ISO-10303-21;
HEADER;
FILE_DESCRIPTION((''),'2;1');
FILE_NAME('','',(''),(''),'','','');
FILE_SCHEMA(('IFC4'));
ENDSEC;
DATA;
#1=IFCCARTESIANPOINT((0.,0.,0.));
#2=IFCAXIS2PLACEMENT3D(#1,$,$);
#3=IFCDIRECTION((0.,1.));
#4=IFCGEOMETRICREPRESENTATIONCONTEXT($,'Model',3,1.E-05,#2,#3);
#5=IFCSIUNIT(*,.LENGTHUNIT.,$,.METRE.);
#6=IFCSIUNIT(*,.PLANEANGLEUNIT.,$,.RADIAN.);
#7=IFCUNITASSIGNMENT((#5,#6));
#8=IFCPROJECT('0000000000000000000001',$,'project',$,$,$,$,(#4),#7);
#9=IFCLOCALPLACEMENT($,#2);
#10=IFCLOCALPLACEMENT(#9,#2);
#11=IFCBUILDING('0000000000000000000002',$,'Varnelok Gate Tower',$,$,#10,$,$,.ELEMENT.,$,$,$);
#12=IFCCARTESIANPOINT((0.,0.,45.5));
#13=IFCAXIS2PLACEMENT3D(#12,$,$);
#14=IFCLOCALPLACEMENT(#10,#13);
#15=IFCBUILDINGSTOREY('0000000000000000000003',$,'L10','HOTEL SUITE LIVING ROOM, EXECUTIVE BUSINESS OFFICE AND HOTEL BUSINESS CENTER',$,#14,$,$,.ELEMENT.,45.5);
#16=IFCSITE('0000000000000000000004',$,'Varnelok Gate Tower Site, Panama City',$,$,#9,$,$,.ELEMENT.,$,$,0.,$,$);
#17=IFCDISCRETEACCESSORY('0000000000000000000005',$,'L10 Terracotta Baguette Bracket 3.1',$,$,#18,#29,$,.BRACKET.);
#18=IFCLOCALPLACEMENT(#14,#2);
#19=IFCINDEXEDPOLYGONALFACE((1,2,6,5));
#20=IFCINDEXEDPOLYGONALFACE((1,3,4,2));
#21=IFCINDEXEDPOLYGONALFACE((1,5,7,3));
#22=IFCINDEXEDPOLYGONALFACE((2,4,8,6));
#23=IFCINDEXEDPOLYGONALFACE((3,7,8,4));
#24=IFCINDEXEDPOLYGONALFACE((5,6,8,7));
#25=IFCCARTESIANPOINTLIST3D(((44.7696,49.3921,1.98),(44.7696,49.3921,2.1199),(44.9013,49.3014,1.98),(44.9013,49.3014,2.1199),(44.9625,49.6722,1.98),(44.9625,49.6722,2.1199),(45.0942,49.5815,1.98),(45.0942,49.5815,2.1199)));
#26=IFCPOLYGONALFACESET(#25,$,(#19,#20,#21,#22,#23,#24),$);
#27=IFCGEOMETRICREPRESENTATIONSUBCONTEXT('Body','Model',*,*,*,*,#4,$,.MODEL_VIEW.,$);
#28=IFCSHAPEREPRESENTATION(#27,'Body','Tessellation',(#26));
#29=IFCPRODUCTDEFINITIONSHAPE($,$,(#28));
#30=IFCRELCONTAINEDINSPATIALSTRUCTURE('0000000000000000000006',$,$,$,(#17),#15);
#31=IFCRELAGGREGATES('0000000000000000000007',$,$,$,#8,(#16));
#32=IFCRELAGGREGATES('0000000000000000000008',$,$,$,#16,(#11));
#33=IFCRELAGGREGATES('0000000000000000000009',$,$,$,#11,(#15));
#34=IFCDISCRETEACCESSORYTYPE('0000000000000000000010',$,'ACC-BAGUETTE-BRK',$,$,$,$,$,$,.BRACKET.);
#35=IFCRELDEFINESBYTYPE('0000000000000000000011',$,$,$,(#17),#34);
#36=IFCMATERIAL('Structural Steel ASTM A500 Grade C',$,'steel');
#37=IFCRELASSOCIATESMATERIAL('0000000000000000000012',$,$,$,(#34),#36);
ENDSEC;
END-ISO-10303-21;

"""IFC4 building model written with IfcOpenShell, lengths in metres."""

from ifc_helpers import new_model, si_unit, direction, frame, origin, origin_2d, place, context, subcontext, project, spatial, rectangle, extrude, source, transform, mapped, material, type_object, element, save


model = new_model("IFC4")

# Units and contexts
model_context = context("Model", 3, precision=1e-05, world=origin(), true_north=direction((0.0, 1.0)))
body_context = subcontext(model_context, "Body", "Model", "MODEL_VIEW")
ifc_project = project(units=[si_unit("LENGTHUNIT", "METRE"), si_unit("PLANEANGLEUNIT", "RADIAN")], contexts=[model_context])

# Site, building, storey
site_placement = place(None, origin())
site = spatial("IfcSite", under=ifc_project, at=site_placement, Name="Varnelok Gate Tower Site, Panama City", CompositionType="ELEMENT", RefElevation=0.0)
building_placement = place(site_placement, origin())
building = spatial("IfcBuilding", under=site, at=building_placement, Name="Varnelok Gate Tower", CompositionType="ELEMENT")
storey_placement = place(building_placement, frame((0.0, 0.0, 45.5)))
storey = spatial("IfcBuildingStorey", under=building, at=storey_placement, Name="L10", Description="HOTEL SUITE LIVING ROOM, EXECUTIVE BUSINESS OFFICE AND HOTEL BUSINESS CENTER", CompositionType="ELEMENT", Elevation=45.5)

# Discrete accessory
ifc_material_1 = material(Name="Structural Steel ASTM A500 Grade C", Category="steel")
discrete_accessory_type = type_object("IfcDiscreteAccessoryType", Name="ACC-BAGUETTE-BRK", PredefinedType="BRACKET", material=ifc_material_1)
shared_shape_1 = source(origin(), body_context, "Body", "SweptSolid", [
    extrude(rectangle(XDim=0.1599, YDim=0.3401, at=origin_2d()), origin(), (0.0, 0.0, 1.0), 0.1399),
])
discrete_accessory_placement = place(storey_placement, frame((44.9319, 49.4868, 1.98), z_axis=(0.0, 0.0, 1.0), x_axis=(0.823533, -0.567269, 0.0)))
element("IfcDiscreteAccessory", 1, at=discrete_accessory_placement, inside=storey, type_object=discrete_accessory_type, Name="L10 Terracotta Baguette Bracket 3.1", PredefinedType="BRACKET", context=body_context, shape_type="MappedRepresentation", body=[
    mapped(shared_shape_1, transform((0.0, 0.0, 0.0), scale=1.0)),
])

save(model, "model.ifc")
